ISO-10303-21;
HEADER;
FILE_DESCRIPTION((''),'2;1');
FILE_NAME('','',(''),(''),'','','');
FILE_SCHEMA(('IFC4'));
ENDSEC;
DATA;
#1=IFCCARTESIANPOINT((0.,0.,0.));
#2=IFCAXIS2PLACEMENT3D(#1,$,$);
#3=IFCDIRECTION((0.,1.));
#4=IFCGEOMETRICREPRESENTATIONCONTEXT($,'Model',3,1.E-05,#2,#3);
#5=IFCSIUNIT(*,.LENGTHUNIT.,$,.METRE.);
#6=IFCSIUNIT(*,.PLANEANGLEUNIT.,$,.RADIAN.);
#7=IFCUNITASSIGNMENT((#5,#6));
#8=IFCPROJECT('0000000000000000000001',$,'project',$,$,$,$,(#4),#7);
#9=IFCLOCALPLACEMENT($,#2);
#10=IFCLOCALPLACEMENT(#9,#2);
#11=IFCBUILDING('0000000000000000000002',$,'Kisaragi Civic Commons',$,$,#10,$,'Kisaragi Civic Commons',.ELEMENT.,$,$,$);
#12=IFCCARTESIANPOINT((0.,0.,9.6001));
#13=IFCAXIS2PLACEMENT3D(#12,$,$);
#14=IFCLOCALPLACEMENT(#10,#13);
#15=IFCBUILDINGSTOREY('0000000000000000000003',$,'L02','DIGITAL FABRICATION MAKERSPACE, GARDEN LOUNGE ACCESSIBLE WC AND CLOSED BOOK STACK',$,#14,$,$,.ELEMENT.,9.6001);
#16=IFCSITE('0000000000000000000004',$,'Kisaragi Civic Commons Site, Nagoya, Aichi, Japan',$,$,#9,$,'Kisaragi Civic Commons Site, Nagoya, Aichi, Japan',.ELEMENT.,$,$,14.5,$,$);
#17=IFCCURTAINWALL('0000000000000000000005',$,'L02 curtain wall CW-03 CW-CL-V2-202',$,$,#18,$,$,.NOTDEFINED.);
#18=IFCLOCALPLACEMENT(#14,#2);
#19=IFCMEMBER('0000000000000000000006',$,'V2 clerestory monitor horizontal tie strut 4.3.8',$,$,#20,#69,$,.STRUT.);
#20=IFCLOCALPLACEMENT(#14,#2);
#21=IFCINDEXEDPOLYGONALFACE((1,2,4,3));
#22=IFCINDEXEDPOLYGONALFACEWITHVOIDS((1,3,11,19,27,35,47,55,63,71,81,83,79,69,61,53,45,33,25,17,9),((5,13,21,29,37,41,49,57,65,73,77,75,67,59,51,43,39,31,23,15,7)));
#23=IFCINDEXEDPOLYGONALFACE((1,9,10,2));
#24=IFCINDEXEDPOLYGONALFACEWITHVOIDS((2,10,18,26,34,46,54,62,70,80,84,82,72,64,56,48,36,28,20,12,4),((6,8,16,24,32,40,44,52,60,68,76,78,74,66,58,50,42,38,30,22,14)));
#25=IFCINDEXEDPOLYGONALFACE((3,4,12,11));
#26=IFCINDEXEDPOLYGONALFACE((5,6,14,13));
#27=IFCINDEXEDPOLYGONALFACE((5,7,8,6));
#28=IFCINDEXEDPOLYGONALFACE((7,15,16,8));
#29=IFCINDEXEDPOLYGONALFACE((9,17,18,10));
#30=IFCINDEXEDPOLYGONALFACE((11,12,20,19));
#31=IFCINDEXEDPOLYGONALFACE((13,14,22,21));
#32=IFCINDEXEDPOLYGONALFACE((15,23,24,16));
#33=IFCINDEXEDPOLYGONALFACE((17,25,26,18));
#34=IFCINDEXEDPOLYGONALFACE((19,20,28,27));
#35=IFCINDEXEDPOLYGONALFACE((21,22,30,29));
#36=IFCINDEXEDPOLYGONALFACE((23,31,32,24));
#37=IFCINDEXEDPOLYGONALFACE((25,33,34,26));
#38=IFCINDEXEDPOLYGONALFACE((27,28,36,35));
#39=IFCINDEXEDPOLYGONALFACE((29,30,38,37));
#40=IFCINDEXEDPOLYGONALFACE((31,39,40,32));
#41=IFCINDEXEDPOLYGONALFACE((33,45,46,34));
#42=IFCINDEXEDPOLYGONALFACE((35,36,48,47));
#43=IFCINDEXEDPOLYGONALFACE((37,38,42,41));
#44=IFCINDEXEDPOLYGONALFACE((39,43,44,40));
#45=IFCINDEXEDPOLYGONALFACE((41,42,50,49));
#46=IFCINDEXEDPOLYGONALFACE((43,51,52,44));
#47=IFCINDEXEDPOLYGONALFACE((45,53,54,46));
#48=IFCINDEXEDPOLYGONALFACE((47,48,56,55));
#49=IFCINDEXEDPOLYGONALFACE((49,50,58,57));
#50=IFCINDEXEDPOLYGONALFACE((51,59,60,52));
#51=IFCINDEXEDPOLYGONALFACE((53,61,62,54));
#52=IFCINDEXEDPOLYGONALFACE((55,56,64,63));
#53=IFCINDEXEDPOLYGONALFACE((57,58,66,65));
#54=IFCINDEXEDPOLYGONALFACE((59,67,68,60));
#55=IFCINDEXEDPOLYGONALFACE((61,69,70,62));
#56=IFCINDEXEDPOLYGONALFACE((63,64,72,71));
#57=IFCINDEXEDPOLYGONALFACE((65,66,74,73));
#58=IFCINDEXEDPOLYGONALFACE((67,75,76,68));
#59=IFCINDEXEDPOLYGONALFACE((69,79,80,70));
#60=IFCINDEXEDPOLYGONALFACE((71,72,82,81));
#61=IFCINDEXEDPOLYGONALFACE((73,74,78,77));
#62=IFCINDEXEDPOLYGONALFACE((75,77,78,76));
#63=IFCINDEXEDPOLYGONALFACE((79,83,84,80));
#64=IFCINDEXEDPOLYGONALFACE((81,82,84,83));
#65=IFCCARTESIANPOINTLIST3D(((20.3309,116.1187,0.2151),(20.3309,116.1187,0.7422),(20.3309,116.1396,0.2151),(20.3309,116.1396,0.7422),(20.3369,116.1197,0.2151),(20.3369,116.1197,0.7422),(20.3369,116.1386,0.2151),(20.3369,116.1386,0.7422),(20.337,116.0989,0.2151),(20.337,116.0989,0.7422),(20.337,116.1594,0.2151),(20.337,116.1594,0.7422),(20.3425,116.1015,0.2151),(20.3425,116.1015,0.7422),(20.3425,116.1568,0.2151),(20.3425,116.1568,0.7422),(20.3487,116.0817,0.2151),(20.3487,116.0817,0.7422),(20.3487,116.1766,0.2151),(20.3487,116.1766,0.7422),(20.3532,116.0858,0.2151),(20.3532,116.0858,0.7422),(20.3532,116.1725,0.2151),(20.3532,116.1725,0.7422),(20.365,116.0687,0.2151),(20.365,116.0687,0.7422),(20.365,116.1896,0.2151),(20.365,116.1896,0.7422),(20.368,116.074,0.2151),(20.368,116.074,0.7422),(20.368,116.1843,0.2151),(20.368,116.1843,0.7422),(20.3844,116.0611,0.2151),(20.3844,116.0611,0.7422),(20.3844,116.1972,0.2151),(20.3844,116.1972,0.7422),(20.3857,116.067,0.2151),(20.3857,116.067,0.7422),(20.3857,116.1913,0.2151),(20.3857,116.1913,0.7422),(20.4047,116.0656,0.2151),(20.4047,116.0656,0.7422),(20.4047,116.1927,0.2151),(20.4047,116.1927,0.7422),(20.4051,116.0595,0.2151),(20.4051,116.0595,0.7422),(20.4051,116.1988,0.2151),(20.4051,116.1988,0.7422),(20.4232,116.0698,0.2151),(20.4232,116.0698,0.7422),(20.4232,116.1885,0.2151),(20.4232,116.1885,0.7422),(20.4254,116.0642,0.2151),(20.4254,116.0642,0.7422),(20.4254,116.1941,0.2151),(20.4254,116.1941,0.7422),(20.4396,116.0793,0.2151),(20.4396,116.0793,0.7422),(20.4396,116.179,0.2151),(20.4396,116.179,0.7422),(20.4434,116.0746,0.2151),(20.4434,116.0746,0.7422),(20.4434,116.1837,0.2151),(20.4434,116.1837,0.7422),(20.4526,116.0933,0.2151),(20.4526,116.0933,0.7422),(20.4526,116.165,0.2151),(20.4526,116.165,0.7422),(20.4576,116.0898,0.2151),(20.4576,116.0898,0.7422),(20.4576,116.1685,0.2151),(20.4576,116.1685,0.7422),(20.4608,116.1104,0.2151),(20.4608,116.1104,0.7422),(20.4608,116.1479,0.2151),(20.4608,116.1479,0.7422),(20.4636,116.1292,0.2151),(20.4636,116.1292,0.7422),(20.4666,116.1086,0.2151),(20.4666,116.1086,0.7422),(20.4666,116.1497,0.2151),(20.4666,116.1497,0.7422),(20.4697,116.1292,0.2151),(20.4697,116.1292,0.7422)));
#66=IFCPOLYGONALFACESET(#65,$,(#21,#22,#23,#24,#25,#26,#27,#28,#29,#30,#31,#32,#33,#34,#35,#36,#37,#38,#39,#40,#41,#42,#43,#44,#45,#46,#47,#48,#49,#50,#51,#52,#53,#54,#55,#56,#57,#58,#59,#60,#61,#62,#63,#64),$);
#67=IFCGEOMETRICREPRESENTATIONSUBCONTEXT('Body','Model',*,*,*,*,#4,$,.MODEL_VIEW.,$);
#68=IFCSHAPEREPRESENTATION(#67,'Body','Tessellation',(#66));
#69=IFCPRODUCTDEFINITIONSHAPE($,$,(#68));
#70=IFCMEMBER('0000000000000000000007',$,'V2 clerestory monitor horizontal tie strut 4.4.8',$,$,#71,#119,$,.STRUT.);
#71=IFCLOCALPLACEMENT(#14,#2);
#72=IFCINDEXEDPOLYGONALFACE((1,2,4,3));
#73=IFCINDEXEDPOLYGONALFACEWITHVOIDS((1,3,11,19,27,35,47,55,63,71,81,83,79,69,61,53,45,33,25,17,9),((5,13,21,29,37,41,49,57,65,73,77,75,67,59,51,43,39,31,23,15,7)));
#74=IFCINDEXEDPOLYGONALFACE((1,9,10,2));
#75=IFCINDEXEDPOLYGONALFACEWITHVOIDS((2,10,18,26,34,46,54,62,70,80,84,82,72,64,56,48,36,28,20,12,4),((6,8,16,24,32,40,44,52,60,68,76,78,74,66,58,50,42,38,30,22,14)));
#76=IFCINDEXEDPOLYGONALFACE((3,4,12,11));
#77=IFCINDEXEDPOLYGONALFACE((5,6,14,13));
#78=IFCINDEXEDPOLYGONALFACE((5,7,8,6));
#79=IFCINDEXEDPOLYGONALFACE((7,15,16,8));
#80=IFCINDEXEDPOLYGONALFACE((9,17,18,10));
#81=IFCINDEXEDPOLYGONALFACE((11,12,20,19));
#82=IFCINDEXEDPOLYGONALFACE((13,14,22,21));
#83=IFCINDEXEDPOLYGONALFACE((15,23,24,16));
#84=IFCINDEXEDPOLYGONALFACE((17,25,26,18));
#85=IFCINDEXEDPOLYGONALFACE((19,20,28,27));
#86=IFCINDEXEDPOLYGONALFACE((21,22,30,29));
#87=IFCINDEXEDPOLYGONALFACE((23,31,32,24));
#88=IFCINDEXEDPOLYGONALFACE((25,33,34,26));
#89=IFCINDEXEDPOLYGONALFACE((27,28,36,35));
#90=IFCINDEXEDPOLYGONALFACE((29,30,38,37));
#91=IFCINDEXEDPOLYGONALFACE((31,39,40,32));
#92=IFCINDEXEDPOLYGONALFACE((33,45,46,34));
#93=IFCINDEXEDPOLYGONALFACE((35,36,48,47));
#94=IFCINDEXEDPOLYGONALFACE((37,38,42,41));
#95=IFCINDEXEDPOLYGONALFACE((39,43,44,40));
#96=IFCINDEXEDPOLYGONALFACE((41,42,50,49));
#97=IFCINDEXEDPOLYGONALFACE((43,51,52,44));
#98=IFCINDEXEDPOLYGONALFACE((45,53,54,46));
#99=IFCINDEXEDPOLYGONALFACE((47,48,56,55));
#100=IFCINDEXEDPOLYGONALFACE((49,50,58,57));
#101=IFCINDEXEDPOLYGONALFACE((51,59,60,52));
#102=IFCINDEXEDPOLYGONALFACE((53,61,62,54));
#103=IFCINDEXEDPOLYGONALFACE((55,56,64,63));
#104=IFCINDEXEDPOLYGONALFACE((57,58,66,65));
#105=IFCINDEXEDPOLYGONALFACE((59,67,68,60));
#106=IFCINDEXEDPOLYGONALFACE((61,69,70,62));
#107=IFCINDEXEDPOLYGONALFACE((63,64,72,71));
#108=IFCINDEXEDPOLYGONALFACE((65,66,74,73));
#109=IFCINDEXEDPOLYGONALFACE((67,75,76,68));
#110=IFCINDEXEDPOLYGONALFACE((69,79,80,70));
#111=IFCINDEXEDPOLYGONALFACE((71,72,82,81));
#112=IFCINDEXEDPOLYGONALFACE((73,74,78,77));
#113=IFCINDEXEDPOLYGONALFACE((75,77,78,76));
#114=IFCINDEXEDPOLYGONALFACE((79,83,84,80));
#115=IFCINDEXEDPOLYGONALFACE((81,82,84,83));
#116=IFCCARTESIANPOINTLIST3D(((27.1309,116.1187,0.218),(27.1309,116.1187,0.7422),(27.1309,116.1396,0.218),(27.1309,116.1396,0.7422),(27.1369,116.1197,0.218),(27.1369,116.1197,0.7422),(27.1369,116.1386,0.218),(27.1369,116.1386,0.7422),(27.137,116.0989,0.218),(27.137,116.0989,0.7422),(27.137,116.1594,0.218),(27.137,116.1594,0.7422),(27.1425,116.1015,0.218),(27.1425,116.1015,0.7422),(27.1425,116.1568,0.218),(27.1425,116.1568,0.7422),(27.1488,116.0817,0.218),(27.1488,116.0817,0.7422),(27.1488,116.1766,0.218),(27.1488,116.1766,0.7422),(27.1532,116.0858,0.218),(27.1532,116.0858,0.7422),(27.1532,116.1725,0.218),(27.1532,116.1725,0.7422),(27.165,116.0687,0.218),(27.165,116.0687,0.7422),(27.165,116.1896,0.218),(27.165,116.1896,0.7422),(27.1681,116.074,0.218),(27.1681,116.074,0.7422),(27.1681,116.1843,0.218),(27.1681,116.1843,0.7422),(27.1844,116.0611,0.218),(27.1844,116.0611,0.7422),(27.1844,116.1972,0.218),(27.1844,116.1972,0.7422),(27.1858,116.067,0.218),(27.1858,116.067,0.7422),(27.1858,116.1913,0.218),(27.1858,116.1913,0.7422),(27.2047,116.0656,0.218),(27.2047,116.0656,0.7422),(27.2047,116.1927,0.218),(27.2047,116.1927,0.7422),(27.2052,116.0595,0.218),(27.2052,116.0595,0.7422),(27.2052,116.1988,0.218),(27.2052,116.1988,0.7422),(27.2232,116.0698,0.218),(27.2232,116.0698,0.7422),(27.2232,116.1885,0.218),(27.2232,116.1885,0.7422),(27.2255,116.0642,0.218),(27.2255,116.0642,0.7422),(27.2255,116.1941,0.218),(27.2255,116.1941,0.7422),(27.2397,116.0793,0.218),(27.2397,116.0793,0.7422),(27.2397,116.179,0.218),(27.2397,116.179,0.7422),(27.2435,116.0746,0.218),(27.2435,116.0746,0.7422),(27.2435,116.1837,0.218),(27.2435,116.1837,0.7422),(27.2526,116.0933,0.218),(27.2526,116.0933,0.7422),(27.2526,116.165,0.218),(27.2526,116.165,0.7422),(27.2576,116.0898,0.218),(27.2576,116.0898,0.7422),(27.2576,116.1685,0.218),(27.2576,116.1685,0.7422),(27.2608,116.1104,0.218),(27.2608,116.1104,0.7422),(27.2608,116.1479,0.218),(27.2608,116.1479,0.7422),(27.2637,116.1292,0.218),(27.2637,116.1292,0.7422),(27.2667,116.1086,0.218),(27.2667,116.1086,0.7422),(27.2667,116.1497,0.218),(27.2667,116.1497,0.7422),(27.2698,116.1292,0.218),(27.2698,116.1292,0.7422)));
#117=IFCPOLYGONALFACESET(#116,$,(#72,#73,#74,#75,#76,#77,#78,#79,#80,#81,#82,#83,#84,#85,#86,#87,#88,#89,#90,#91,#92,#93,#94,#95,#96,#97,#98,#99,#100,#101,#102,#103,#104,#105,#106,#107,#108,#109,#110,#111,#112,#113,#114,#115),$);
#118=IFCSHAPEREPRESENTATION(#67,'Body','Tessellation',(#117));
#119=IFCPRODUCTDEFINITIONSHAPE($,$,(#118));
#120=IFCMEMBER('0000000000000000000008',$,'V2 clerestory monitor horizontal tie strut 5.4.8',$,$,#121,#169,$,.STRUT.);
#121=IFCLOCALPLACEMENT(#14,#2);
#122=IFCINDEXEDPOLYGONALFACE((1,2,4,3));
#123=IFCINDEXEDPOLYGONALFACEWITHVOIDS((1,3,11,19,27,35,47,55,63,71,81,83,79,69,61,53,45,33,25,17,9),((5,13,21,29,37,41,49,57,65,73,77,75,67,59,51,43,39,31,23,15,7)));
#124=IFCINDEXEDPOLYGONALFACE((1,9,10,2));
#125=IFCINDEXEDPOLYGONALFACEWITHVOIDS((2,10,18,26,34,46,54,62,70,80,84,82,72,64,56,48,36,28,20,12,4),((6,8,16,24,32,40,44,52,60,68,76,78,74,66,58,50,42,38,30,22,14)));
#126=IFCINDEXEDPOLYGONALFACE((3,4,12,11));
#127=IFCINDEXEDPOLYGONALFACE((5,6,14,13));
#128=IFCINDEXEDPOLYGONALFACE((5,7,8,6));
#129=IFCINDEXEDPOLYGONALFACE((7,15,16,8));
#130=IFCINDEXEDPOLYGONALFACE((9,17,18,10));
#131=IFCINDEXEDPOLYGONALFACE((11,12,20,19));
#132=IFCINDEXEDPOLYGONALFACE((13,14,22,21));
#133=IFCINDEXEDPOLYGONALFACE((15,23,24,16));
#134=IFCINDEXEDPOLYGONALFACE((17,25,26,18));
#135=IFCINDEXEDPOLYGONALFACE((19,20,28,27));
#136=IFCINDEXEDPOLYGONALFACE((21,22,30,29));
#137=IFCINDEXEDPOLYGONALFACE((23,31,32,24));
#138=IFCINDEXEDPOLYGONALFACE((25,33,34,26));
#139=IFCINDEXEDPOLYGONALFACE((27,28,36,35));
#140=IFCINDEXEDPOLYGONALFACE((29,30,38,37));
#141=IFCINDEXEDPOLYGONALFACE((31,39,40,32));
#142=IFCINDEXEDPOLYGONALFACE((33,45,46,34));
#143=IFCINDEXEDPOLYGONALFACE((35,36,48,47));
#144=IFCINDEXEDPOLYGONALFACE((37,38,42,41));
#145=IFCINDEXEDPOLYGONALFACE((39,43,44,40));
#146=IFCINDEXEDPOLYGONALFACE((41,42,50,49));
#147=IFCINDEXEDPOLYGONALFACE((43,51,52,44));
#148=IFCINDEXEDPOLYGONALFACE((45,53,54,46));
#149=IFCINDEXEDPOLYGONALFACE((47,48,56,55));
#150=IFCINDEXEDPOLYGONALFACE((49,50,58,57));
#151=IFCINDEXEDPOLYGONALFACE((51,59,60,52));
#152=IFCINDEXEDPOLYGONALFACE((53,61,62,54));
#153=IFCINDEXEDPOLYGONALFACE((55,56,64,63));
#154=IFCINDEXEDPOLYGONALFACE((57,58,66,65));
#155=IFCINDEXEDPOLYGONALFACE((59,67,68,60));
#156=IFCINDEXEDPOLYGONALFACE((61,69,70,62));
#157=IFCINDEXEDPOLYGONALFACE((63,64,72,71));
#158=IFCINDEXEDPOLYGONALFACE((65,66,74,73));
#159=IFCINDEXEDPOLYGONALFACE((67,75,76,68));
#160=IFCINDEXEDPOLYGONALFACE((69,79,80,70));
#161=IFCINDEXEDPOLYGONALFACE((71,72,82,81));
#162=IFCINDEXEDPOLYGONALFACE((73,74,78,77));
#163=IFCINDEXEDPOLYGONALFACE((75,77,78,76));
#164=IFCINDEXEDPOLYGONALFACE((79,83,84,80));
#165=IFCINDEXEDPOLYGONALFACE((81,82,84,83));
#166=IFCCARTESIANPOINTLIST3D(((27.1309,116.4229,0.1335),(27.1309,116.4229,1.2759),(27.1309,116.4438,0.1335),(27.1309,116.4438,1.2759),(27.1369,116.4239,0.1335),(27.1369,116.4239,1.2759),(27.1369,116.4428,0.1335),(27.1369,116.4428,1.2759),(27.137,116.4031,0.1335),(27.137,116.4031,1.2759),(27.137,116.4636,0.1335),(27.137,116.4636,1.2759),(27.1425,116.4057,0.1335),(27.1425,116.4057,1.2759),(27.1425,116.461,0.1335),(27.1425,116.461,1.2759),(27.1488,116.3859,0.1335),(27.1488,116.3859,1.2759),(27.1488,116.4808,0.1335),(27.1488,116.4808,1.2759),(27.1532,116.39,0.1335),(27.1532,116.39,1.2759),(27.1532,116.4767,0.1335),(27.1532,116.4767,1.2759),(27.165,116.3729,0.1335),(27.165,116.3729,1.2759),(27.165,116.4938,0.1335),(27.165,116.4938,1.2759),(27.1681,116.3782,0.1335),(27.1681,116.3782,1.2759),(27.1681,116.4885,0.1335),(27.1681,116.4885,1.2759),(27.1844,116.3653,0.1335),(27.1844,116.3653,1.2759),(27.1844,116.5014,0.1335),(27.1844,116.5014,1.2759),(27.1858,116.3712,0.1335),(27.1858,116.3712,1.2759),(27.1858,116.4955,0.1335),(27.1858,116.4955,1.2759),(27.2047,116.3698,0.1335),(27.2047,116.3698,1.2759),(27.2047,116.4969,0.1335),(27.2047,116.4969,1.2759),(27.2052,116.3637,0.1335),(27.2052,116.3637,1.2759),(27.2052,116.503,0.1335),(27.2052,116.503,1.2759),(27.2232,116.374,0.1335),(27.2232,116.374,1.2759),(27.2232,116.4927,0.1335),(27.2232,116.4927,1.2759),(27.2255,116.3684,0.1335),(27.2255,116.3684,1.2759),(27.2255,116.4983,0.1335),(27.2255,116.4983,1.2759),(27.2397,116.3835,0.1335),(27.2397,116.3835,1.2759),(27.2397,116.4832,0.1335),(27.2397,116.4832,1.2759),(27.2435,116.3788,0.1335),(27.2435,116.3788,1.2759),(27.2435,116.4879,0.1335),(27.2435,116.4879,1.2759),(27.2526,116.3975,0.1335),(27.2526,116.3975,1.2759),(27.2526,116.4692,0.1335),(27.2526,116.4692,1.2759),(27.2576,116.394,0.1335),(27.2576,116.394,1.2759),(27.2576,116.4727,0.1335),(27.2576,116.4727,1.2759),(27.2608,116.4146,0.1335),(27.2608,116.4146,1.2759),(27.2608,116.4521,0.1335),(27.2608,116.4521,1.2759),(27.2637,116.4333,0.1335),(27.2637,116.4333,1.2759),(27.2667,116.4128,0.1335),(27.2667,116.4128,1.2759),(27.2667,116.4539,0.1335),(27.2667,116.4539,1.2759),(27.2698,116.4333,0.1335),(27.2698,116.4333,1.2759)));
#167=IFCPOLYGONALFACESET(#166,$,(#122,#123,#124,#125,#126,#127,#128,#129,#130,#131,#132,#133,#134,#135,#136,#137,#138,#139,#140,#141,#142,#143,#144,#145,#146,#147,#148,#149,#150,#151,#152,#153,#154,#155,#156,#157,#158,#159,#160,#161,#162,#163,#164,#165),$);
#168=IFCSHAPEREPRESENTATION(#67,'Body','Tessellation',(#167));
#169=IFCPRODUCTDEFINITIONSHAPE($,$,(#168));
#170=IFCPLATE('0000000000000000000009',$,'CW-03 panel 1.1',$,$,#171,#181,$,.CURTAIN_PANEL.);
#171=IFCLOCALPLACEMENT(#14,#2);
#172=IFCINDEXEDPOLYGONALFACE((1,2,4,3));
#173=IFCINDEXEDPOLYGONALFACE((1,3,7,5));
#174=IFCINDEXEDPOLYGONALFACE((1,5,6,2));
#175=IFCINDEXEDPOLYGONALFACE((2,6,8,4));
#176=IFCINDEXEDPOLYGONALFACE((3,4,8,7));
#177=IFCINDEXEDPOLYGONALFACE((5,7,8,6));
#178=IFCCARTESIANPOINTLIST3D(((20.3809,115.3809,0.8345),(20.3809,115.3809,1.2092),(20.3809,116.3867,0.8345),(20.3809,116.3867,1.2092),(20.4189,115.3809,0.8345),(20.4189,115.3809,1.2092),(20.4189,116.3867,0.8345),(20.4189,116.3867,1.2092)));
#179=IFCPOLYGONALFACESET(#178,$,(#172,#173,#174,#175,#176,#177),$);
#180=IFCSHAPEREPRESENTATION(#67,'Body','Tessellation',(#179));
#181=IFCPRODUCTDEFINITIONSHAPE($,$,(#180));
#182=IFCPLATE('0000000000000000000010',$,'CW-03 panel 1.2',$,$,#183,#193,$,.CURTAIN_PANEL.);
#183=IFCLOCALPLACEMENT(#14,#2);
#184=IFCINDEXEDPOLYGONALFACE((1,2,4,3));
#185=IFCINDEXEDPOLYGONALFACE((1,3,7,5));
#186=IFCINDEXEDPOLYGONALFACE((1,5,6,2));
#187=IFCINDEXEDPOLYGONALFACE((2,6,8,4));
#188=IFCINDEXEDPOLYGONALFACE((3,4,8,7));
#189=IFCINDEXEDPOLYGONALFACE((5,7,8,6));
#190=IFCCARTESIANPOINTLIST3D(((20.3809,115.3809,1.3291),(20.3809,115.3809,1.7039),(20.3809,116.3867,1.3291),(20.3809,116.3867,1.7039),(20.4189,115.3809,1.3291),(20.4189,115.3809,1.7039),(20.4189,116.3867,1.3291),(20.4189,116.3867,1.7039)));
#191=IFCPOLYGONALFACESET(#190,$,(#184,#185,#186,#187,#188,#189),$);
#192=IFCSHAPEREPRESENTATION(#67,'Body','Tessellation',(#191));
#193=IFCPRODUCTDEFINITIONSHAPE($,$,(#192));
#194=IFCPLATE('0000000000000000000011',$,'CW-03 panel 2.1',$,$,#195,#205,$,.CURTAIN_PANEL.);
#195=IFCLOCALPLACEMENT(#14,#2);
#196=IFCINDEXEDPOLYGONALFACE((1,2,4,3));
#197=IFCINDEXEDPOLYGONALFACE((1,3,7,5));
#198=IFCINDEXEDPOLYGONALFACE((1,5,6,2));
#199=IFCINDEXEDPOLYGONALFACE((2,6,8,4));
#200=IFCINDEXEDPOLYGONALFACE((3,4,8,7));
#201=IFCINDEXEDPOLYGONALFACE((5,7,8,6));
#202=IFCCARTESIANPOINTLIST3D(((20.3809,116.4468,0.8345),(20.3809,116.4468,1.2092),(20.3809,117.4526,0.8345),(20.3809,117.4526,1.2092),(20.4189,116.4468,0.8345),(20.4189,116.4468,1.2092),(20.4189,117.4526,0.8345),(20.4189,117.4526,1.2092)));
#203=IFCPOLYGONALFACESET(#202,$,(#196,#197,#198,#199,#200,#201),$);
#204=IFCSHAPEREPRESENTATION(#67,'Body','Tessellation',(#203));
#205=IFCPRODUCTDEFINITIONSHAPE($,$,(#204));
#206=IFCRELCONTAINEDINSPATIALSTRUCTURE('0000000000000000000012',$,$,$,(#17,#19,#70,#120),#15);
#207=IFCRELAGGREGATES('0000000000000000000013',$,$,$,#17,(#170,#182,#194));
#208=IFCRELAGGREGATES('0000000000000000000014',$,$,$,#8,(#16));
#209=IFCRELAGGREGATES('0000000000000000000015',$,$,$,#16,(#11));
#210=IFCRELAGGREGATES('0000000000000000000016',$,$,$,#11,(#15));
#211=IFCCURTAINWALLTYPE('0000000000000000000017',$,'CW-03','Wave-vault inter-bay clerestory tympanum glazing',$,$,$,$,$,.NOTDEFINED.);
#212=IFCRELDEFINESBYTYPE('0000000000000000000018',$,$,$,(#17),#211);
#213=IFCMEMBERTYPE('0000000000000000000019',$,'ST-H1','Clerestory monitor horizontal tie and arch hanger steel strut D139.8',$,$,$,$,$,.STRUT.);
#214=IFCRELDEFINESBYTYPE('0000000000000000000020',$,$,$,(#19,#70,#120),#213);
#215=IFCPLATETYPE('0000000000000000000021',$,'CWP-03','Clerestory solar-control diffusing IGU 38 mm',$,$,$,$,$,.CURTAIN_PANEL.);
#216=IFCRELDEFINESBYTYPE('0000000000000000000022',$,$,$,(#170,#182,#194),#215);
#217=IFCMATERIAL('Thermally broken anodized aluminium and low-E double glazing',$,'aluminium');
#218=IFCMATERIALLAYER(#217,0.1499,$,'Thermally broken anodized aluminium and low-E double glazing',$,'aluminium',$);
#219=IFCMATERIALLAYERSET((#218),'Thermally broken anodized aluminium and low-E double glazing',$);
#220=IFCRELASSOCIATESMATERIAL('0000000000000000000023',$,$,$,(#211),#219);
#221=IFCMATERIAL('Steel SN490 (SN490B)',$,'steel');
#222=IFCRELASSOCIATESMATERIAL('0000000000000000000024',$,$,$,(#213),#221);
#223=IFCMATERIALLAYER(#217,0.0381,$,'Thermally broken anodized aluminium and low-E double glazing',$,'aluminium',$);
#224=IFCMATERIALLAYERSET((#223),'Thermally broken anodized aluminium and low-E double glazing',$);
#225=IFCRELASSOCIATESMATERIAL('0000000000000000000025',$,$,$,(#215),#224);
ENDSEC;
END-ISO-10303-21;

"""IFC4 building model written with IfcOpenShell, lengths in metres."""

from ifc_helpers import new_model, si_unit, direction, frame, origin, origin_2d, place, context, subcontext, project, spatial, rectangle, hollow_circle, extrude, material, layer, layer_set, material_profile, profile_set, type_object, element, aggregate, save


model = new_model("IFC4")

# Units and contexts
model_context = context("Model", 3, precision=1e-05, world=origin(), true_north=direction((0.0, 1.0)))
body_context = subcontext(model_context, "Body", "Model", "MODEL_VIEW")
ifc_project = project(units=[si_unit("LENGTHUNIT", "METRE"), si_unit("PLANEANGLEUNIT", "RADIAN")], contexts=[model_context])

# Site, building, storey
site_placement = place(None, origin())
site = spatial("IfcSite", under=ifc_project, at=site_placement, Name="Kisaragi Civic Commons Site, Nagoya, Aichi, Japan", LongName="Kisaragi Civic Commons Site, Nagoya, Aichi, Japan", CompositionType="ELEMENT", RefElevation=14.5)
building_placement = place(site_placement, origin())
building = spatial("IfcBuilding", under=site, at=building_placement, Name="Kisaragi Civic Commons", LongName="Kisaragi Civic Commons", CompositionType="ELEMENT")
storey_placement = place(building_placement, frame((0.0, 0.0, 9.6001)))
storey = spatial("IfcBuildingStorey", under=building, at=storey_placement, Name="L02", Description="DIGITAL FABRICATION MAKERSPACE, GARDEN LOUNGE ACCESSIBLE WC AND CLOSED BOOK STACK", CompositionType="ELEMENT", Elevation=9.6001)

# Shared definitions
ifc_material_1 = material(Name="Thermally broken anodized aluminium and low-E double glazing", Category="aluminium")
ifc_layer_1 = layer(ifc_material_1, 0.1499, Name="Thermally broken anodized aluminium and low-E double glazing", Category="aluminium")
ifc_layer_set_1 = layer_set([ifc_layer_1], Name="Thermally broken anodized aluminium and low-E double glazing")
curtain_wall_type = type_object("IfcCurtainWallType", Name="CW-03", Description="Wave-vault inter-bay clerestory tympanum glazing", PredefinedType="NOTDEFINED", material=ifc_layer_set_1)

# Curtain wall
curtain_wall_1_placement = place(storey_placement, origin())
curtain_wall_1 = element("IfcCurtainWall", 1, at=curtain_wall_1_placement, inside=storey, type_object=curtain_wall_type, Name="L02 curtain wall CW-03 CW-CL-V2-202", PredefinedType="NOTDEFINED")

# Members
ifc_material_2 = material(Name="Steel SN490 (SN490B)", Category="steel")
ifc_material_profile_1 = material_profile(ifc_material_2, hollow_circle(Radius=0.0698, WallThickness=0.0061, at=origin_2d()), Name="CHS-139.8x6.0", Category="steel")
ifc_profile_set_1 = profile_set([ifc_material_profile_1], Name="Steel SN490 (SN490B)")
member_type_1 = type_object("IfcMemberType", Name="ST-H1", Description="Clerestory monitor horizontal tie and arch hanger steel strut D139.8", PredefinedType="STRUT", material=ifc_profile_set_1)
member_1_placement = place(storey_placement, frame((20.3999, 116.1292, 0.2151), z_axis=(0.0, 0.0, 1.0), x_axis=(1.0, 0.0, 0.0)))
element("IfcMember", 2, at=member_1_placement, inside=storey, type_object=member_type_1, Name="V2 clerestory monitor horizontal tie strut 4.3.8", PredefinedType="STRUT", context=body_context, shape_type="SweptSolid", body=[
    extrude(hollow_circle(Radius=0.0698, WallThickness=0.0061, at=origin_2d()), origin(), (0.0, 0.0, 1.0), 0.5271),
])
member_2_placement = place(storey_placement, frame((27.2, 116.1292, 0.218), z_axis=(0.0, 0.0, 1.0), x_axis=(1.0, 0.0, 0.0)))
element("IfcMember", 3, at=member_2_placement, inside=storey, type_object=member_type_1, Name="V2 clerestory monitor horizontal tie strut 4.4.8", PredefinedType="STRUT", context=body_context, shape_type="SweptSolid", body=[
    extrude(hollow_circle(Radius=0.0698, WallThickness=0.0061, at=origin_2d()), origin(), (0.0, 0.0, 1.0), 0.5242),
])
member_3_placement = place(storey_placement, frame((27.2, 116.4333, 0.1335), z_axis=(0.0, 0.0, 1.0), x_axis=(1.0, 0.0, 0.0)))
element("IfcMember", 4, at=member_3_placement, inside=storey, type_object=member_type_1, Name="V2 clerestory monitor horizontal tie strut 5.4.8", PredefinedType="STRUT", context=body_context, shape_type="SweptSolid", body=[
    extrude(hollow_circle(Radius=0.0698, WallThickness=0.0061, at=origin_2d()), origin(), (0.0, 0.0, 1.0), 1.1423),
])

# Plates
ifc_layer_2 = layer(ifc_material_1, 0.0381, Name="Thermally broken anodized aluminium and low-E double glazing", Category="aluminium")
ifc_layer_set_2 = layer_set([ifc_layer_2], Name="Thermally broken anodized aluminium and low-E double glazing")
plate_type_1 = type_object("IfcPlateType", Name="CWP-03", Description="Clerestory solar-control diffusing IGU 38 mm", PredefinedType="CURTAIN_PANEL", material=ifc_layer_set_2)
plate_1_placement = place(storey_placement, frame((20.3999, 115.8838, 0.8345), z_axis=(0.0, 0.0, 1.0), x_axis=(0.0, 1.0, 0.0)))
plate_1 = element("IfcPlate", 5, at=plate_1_placement, type_object=plate_type_1, Name="CW-03 panel 1.1", PredefinedType="CURTAIN_PANEL", context=body_context, shape_type="SweptSolid", body=[
    extrude(rectangle(XDim=1.0059, YDim=0.0381, at=origin_2d()), origin(), (0.0, 0.0, 1.0), 0.3748),
])
plate_2_placement = place(storey_placement, frame((20.3999, 115.8838, 1.3291), z_axis=(0.0, 0.0, 1.0), x_axis=(0.0, 1.0, 0.0)))
plate_2 = element("IfcPlate", 6, at=plate_2_placement, type_object=plate_type_1, Name="CW-03 panel 1.2", PredefinedType="CURTAIN_PANEL", context=body_context, shape_type="SweptSolid", body=[
    extrude(rectangle(XDim=1.0059, YDim=0.0381, at=origin_2d()), origin(), (0.0, 0.0, 1.0), 0.3748),
])
plate_3_placement = place(storey_placement, frame((20.3999, 116.9497, 0.8345), z_axis=(0.0, 0.0, 1.0), x_axis=(0.0, 1.0, 0.0)))
plate_3 = element("IfcPlate", 7, at=plate_3_placement, type_object=plate_type_1, Name="CW-03 panel 2.1", PredefinedType="CURTAIN_PANEL", context=body_context, shape_type="SweptSolid", body=[
    extrude(rectangle(XDim=1.0059, YDim=0.0381, at=origin_2d()), origin(), (0.0, 0.0, 1.0), 0.3748),
])
aggregate(curtain_wall_1, [plate_1, plate_2, plate_3])

save(model, "model.ifc")
